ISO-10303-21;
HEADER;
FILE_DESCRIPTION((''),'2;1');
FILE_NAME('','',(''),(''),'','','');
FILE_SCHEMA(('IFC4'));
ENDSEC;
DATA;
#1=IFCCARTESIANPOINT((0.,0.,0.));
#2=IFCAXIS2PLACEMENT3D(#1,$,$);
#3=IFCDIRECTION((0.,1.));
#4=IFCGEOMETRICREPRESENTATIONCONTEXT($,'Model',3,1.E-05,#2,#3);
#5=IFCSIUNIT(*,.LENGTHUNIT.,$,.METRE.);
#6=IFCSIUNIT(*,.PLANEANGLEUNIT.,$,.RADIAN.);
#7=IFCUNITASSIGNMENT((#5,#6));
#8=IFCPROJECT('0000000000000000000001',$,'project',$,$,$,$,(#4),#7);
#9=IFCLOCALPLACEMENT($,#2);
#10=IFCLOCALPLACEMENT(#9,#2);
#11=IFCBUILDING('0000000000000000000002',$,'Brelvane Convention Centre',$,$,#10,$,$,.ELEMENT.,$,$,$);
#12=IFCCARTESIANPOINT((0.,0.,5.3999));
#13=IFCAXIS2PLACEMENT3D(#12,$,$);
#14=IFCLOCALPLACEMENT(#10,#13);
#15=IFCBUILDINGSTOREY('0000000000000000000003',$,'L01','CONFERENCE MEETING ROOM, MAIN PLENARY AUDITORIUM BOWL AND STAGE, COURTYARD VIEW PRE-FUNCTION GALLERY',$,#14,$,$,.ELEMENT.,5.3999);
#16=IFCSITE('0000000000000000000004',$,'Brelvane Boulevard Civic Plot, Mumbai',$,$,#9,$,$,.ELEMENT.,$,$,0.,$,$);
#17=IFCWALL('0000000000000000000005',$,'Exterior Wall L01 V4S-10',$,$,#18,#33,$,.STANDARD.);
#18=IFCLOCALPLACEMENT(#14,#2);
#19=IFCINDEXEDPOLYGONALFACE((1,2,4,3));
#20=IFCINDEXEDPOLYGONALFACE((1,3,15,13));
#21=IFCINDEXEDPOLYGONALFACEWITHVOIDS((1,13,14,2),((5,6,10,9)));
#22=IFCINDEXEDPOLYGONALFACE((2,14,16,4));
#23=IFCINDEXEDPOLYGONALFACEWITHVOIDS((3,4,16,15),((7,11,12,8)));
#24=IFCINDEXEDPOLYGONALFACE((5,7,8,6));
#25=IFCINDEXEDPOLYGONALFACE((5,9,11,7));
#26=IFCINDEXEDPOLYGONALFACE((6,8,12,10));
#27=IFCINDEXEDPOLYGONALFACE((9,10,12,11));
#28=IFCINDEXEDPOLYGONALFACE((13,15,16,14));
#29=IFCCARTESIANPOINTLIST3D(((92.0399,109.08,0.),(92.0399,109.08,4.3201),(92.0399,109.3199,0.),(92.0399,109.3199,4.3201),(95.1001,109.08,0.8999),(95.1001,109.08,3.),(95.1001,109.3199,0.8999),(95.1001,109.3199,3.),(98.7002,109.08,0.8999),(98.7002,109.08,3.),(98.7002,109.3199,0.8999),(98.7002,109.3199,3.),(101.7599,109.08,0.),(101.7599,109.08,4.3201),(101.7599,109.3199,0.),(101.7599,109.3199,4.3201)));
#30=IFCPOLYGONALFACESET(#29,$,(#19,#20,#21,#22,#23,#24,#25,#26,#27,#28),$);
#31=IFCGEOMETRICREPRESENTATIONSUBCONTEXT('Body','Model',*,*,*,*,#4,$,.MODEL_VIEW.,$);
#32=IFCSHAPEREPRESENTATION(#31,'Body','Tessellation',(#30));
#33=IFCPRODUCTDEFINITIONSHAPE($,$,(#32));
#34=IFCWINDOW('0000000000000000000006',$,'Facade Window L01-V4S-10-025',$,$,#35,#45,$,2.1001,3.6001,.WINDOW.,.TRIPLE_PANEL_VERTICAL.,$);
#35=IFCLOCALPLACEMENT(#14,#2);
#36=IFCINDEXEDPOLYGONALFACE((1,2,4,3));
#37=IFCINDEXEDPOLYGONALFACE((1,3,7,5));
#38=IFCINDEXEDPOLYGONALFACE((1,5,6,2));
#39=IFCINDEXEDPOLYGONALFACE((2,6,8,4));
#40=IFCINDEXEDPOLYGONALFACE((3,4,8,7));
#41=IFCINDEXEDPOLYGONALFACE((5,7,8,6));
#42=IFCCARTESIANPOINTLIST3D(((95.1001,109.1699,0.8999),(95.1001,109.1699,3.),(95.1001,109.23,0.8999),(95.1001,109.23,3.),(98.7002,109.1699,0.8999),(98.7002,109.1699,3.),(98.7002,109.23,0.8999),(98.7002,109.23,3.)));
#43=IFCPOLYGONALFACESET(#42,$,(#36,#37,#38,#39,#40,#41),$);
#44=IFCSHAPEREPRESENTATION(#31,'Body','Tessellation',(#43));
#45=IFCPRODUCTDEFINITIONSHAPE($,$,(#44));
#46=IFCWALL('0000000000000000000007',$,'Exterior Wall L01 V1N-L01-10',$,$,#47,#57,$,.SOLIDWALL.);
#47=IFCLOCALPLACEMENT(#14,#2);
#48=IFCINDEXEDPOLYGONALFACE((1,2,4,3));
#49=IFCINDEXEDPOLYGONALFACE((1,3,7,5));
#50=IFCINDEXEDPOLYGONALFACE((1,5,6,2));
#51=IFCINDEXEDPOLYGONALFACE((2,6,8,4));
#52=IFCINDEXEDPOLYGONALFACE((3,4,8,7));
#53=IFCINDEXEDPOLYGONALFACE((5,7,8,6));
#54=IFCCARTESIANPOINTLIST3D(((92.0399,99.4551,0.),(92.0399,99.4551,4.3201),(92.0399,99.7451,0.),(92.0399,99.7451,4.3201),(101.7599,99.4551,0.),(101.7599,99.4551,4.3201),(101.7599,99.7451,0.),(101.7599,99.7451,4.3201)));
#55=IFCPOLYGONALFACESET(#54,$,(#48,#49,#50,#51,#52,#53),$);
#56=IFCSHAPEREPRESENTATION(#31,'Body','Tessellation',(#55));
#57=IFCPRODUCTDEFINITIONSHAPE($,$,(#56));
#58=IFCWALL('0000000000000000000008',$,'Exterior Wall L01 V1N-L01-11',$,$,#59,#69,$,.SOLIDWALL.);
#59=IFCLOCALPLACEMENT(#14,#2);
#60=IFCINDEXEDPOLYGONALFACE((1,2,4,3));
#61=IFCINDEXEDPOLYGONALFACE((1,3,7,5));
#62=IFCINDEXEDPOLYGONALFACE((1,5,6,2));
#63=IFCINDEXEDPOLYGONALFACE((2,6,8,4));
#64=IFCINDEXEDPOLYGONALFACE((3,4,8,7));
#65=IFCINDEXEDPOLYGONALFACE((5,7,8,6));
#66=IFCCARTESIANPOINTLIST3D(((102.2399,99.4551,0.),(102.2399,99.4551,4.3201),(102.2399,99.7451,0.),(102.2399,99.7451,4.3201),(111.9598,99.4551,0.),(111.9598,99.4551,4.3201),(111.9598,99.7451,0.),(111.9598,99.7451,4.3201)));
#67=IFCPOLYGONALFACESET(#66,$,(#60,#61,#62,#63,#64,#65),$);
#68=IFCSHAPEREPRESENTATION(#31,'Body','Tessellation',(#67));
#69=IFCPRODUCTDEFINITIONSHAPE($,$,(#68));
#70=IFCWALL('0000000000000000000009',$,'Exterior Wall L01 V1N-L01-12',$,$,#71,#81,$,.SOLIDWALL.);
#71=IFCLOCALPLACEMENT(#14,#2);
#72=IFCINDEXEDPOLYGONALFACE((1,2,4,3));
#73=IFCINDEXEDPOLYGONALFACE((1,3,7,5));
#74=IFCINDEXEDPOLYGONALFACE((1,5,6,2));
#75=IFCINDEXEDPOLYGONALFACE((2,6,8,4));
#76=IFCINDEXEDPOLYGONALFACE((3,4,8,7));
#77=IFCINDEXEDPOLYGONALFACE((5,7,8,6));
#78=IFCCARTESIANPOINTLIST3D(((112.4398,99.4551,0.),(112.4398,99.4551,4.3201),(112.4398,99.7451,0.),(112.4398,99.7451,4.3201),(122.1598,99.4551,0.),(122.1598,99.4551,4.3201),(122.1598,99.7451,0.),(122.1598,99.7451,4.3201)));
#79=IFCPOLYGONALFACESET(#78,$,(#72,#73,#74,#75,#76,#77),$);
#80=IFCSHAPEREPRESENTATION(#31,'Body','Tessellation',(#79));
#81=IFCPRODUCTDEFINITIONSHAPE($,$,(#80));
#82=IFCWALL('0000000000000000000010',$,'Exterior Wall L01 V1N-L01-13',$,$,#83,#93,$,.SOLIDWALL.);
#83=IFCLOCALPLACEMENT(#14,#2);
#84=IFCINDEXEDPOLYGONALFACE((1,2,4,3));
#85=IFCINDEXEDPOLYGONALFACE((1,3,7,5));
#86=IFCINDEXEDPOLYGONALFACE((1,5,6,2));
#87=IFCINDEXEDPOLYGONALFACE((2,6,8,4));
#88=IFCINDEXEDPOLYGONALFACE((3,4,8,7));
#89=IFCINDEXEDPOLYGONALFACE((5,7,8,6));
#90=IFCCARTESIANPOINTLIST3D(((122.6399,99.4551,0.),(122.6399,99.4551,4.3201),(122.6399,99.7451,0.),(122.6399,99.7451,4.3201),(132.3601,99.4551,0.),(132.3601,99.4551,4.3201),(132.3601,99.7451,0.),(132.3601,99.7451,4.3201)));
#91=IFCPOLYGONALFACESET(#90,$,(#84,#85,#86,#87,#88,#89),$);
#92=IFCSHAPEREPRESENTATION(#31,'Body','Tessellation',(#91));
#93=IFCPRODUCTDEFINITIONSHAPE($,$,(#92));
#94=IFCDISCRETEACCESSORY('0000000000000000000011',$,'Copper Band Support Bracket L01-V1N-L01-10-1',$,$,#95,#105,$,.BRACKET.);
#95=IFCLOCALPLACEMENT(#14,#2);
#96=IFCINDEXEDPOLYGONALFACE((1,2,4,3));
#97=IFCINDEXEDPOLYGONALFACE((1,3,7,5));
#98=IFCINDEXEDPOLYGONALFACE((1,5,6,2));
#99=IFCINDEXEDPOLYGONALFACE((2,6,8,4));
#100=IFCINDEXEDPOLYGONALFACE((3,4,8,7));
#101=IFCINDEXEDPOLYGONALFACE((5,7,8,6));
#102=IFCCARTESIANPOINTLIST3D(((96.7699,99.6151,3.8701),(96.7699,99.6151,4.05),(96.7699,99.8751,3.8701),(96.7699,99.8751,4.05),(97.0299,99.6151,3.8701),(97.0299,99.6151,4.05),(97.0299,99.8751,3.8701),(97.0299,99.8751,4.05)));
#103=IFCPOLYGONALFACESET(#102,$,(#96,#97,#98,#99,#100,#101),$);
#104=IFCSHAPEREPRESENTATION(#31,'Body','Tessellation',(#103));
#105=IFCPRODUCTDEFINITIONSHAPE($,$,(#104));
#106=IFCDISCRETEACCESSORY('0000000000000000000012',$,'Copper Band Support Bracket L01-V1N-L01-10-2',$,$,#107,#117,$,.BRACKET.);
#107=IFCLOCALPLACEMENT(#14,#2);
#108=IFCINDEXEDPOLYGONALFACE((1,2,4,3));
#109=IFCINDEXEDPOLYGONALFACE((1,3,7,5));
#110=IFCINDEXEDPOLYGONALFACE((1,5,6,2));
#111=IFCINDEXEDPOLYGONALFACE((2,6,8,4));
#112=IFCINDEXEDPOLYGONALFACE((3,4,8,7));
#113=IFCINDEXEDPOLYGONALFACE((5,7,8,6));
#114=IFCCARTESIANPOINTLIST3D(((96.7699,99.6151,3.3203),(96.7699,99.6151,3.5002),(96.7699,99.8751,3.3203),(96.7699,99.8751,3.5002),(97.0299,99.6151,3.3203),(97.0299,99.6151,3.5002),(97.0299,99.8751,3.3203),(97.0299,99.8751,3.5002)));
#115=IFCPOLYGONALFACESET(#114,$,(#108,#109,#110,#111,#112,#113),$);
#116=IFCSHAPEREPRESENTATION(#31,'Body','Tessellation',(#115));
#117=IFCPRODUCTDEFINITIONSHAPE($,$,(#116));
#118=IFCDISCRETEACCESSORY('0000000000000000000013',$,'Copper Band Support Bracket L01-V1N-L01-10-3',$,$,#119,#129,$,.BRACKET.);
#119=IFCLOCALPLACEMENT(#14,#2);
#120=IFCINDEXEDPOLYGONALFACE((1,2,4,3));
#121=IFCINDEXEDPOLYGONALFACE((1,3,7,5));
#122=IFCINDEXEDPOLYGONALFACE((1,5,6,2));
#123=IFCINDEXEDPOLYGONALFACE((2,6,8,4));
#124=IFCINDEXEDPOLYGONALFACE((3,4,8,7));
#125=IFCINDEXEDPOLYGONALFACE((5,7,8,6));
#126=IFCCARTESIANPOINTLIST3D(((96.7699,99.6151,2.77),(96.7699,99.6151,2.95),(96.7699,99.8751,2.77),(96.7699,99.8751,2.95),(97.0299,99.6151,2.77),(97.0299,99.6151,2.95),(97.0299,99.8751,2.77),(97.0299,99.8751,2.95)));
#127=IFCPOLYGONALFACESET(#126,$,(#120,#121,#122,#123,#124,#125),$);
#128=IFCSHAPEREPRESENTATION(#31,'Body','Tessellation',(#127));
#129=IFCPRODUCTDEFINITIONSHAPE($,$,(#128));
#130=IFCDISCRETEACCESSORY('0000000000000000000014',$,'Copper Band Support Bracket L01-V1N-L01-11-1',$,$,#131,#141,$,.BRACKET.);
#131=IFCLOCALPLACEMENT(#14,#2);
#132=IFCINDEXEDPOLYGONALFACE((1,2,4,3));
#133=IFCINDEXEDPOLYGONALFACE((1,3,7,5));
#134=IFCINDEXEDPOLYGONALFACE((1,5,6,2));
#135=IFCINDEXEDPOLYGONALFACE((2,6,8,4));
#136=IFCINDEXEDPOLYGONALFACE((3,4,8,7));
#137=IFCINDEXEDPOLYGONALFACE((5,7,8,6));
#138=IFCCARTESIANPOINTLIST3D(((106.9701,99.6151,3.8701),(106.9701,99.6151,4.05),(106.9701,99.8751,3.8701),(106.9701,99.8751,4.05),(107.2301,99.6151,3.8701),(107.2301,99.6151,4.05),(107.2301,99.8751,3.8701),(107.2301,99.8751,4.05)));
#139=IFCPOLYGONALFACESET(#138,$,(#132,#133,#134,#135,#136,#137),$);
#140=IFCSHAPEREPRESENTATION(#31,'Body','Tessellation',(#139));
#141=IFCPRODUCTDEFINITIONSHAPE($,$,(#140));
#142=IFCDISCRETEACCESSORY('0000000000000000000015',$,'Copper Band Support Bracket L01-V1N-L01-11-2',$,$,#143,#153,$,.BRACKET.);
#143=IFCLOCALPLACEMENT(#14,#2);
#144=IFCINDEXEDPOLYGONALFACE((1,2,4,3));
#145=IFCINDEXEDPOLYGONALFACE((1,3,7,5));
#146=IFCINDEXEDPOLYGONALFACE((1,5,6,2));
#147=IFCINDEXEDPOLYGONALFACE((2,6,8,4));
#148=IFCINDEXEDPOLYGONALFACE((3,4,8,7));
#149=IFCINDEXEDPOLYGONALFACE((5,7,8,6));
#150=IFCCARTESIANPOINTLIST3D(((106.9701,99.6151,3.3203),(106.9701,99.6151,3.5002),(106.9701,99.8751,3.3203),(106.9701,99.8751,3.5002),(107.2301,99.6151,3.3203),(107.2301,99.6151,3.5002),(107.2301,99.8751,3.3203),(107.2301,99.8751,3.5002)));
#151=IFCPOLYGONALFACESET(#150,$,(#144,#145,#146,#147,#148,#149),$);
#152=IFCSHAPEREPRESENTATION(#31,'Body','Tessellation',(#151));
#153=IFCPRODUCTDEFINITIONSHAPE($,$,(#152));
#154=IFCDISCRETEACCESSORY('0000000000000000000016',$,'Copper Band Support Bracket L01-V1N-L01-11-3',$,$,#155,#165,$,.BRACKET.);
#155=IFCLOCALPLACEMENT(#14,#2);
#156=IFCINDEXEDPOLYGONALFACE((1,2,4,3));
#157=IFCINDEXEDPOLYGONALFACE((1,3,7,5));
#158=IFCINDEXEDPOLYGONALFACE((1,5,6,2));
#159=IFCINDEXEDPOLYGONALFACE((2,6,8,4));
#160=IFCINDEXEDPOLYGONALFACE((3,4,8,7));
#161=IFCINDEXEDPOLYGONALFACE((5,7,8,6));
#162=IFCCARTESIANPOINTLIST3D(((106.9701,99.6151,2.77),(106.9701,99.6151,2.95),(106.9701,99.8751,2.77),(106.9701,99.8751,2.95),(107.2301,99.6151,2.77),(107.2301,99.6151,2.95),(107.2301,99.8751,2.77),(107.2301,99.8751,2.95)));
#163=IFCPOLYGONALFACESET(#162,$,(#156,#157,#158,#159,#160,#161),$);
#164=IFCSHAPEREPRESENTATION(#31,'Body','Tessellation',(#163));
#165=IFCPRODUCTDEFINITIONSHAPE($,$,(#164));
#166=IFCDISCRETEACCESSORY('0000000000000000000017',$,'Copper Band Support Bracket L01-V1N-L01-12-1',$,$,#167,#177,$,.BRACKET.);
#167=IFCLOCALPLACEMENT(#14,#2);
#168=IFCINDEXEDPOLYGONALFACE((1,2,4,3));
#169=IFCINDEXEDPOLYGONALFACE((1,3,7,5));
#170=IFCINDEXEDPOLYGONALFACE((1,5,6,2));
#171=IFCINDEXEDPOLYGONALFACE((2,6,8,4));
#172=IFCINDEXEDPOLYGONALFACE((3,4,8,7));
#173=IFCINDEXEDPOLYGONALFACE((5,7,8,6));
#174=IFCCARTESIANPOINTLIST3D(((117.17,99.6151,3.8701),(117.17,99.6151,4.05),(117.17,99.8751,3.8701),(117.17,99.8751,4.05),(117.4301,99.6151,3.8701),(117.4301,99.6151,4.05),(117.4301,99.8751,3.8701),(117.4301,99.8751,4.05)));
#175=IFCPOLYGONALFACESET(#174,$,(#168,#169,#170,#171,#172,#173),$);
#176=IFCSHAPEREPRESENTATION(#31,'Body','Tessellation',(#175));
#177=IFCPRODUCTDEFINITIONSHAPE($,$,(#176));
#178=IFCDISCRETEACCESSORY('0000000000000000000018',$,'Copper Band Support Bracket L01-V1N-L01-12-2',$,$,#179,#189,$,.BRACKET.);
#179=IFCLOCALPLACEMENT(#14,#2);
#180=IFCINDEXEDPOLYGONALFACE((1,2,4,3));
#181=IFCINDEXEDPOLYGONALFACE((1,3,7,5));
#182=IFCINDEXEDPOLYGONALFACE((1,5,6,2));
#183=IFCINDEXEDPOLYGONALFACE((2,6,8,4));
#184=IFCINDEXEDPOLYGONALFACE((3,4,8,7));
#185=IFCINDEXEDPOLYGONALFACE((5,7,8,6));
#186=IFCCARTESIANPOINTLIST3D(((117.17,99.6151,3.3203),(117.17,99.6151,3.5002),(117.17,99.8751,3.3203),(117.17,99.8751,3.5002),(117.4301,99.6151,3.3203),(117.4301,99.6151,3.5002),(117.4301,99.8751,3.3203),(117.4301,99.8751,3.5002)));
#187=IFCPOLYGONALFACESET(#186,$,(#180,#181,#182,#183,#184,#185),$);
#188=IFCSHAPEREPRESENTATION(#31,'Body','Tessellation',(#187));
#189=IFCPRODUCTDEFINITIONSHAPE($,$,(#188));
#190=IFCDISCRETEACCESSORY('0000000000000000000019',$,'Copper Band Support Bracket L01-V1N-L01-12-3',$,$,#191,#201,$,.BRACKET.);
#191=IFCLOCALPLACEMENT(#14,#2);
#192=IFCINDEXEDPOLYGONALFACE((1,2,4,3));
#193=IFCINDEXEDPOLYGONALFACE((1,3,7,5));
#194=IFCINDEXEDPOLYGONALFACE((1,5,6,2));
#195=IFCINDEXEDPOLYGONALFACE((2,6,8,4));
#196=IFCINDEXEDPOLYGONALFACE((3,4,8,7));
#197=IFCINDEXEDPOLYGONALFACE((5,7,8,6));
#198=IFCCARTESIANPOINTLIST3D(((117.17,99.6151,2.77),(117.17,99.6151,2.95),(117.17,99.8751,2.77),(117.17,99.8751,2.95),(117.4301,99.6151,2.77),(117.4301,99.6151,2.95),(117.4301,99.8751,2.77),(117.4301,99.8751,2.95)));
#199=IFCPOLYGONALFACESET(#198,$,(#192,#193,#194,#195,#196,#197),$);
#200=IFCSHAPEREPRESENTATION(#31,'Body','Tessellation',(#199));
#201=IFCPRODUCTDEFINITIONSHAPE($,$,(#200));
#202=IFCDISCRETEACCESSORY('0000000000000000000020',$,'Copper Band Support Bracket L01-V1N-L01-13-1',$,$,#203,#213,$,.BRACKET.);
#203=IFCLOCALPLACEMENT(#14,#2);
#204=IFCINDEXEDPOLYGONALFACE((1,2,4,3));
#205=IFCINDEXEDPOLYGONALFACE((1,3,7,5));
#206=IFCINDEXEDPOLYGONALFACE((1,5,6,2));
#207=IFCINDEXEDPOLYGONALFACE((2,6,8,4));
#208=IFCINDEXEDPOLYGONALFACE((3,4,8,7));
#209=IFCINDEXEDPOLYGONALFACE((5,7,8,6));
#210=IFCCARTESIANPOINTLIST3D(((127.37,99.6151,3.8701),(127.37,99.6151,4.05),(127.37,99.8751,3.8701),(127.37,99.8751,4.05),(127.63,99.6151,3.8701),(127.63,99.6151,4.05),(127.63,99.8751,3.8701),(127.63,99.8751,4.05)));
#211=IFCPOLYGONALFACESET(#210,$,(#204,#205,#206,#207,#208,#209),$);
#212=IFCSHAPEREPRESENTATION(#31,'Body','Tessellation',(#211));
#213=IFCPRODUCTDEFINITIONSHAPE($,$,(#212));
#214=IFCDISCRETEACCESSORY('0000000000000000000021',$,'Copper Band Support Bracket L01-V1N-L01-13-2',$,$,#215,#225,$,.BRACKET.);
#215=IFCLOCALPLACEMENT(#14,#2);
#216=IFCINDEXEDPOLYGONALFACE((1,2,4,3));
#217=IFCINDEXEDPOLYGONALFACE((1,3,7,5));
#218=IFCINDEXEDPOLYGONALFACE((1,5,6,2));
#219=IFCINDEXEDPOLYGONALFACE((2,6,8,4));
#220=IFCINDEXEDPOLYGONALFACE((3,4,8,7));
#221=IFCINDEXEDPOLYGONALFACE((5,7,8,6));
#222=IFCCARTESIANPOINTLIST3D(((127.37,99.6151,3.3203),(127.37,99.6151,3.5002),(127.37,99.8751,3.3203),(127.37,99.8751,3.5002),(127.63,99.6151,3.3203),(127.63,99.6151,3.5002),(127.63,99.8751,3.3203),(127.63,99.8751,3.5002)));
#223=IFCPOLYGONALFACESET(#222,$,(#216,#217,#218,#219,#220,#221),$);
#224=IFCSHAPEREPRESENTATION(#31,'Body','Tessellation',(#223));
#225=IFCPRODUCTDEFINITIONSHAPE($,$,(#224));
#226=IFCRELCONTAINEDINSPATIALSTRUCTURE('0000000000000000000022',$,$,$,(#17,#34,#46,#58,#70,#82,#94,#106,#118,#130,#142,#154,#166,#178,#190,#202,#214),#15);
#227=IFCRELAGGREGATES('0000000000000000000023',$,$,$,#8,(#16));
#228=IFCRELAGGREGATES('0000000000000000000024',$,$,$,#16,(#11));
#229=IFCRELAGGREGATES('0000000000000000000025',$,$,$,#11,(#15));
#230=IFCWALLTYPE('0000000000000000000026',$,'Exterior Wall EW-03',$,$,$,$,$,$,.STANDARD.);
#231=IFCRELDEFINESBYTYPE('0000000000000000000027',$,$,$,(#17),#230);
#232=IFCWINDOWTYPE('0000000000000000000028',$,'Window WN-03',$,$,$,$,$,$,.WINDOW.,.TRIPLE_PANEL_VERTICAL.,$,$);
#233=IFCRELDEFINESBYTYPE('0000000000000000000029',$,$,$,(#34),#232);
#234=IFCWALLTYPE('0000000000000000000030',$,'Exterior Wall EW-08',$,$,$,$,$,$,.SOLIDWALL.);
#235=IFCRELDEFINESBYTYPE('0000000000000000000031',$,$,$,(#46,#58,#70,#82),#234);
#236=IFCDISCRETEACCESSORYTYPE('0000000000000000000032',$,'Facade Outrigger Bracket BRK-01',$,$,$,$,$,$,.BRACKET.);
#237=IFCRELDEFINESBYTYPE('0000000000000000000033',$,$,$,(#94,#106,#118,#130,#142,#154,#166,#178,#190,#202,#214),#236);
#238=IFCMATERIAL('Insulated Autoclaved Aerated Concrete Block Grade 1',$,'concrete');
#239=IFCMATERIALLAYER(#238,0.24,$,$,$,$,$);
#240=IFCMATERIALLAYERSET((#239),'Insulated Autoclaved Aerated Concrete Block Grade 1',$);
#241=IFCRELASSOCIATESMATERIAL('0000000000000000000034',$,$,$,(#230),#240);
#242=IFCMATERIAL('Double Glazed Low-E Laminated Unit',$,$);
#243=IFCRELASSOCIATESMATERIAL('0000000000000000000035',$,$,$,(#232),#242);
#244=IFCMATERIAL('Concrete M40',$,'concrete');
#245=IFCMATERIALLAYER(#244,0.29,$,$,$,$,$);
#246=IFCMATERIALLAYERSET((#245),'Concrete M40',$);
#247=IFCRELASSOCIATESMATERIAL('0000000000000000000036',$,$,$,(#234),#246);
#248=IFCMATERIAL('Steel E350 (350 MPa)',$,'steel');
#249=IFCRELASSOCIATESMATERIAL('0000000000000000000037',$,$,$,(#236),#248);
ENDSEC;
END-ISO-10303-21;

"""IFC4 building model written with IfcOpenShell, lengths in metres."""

from ifc_helpers import new_model, si_unit, direction, frame, frame_2d, origin, origin_2d, place, context, subcontext, project, spatial, rectangle, extrude, material, layer, layer_set, type_object, element, fill, save


model = new_model("IFC4")

# Units and contexts
model_context = context("Model", 3, precision=1e-05, world=origin(), true_north=direction((0.0, 1.0)))
body_context = subcontext(model_context, "Body", "Model", "MODEL_VIEW")
ifc_project = project(units=[si_unit("LENGTHUNIT", "METRE"), si_unit("PLANEANGLEUNIT", "RADIAN")], contexts=[model_context])

# Site, building, storey
site_placement = place(None, origin())
site = spatial("IfcSite", under=ifc_project, at=site_placement, Name="Brelvane Boulevard Civic Plot, Mumbai", CompositionType="ELEMENT", RefElevation=0.0)
building_placement = place(site_placement, origin())
building = spatial("IfcBuilding", under=site, at=building_placement, Name="Brelvane Convention Centre", CompositionType="ELEMENT")
storey_placement = place(building_placement, frame((0.0, 0.0, 5.3999)))
storey = spatial("IfcBuildingStorey", under=building, at=storey_placement, Name="L01", Description="CONFERENCE MEETING ROOM, MAIN PLENARY AUDITORIUM BOWL AND STAGE, COURTYARD VIEW PRE-FUNCTION GALLERY", CompositionType="ELEMENT", Elevation=5.3999)

# Wall, opening, window
ifc_material_1 = material(Name="Insulated Autoclaved Aerated Concrete Block Grade 1", Category="concrete")
ifc_layer_1 = layer(ifc_material_1, 0.24)
ifc_layer_set_1 = layer_set([ifc_layer_1], Name="Insulated Autoclaved Aerated Concrete Block Grade 1")
wall_type_1 = type_object("IfcWallType", Name="Exterior Wall EW-03", PredefinedType="STANDARD", material=ifc_layer_set_1)
wall_1_placement = place(storey_placement, frame((92.04, 109.2, 0.0), z_axis=(0.0, 0.0, 1.0), x_axis=(1.0, 0.0, 0.0)))
wall_1 = element("IfcWall", 1, at=wall_1_placement, inside=storey, type_object=wall_type_1, Name="Exterior Wall L01 V4S-10", PredefinedType="STANDARD", context=body_context, shape_type="SweptSolid", body=[
    extrude(rectangle(XDim=9.72, YDim=0.24, at=frame_2d((4.8599, 0.0))), origin(), (0.0, 0.0, 1.0), 4.3201),
])
opening_placement = place(wall_1_placement, frame((3.0601, 0.0, 0.8999)))
opening = element("IfcOpeningElement", 2, at=opening_placement, cuts=wall_1, PredefinedType="OPENING", context=body_context, shape_type="SweptSolid", body=[
    extrude(rectangle(XDim=3.6001, YDim=2.1001, at=frame_2d((1.8, 1.05))), frame((0.0, 0.1299, 0.0), z_axis=(0.0, -1.0, 0.0), x_axis=(1.0, 0.0, 0.0)), (0.0, 0.0, 1.0), 0.26),
])
ifc_material_2 = material(Name="Double Glazed Low-E Laminated Unit")
window_type = type_object("IfcWindowType", Name="Window WN-03", PartitioningType="TRIPLE_PANEL_VERTICAL", PredefinedType="WINDOW", material=ifc_material_2)
window_placement = place(opening_placement, origin())
window = element("IfcWindow", 3, at=window_placement, inside=storey, type_object=window_type, Name="Facade Window L01-V4S-10-025", OverallHeight=2.1001, OverallWidth=3.6001, PartitioningType="TRIPLE_PANEL_VERTICAL", PredefinedType="WINDOW", context=body_context, shape_type="SweptSolid", body=[
    extrude(rectangle(XDim=3.6001, YDim=2.1001, at=frame_2d((1.8, 1.05))), frame((0.0, 0.03, 0.0), z_axis=(0.0, -1.0, 0.0), x_axis=(1.0, 0.0, 0.0)), (0.0, 0.0, 1.0), 0.0601),
])
fill(opening, window)

# Walls
ifc_material_3 = material(Name="Concrete M40", Category="concrete")
ifc_layer_2 = layer(ifc_material_3, 0.29)
ifc_layer_set_2 = layer_set([ifc_layer_2], Name="Concrete M40")
wall_type_2 = type_object("IfcWallType", Name="Exterior Wall EW-08", PredefinedType="SOLIDWALL", material=ifc_layer_set_2)
for number, where, z_axis, x_axis, name in (
    (4, (92.04, 99.6001, 0.0), (0.0, 0.0, 1.0), (1.0, 0.0, 0.0), "Exterior Wall L01 V1N-L01-10"),
    (5, (102.24, 99.6001, 0.0), (0.0, 0.0, 1.0), (1.0, 0.0, 0.0), "Exterior Wall L01 V1N-L01-11"),
    (6, (112.4399, 99.6001, 0.0), (0.0, 0.0, 1.0), (1.0, 0.0, 0.0), "Exterior Wall L01 V1N-L01-12"),
):
    element("IfcWall", number, at=place(storey_placement, frame(where, z_axis=z_axis, x_axis=x_axis)), inside=storey, type_object=wall_type_2, Name=name, PredefinedType="SOLIDWALL", context=body_context, shape_type="SweptSolid", body=[
        extrude(rectangle(XDim=9.72, YDim=0.29, at=frame_2d((4.8599, 0.0))), origin(), (0.0, 0.0, 1.0), 4.3201),
    ])
wall_2_placement = place(storey_placement, frame((122.6399, 99.6001, 0.0), z_axis=(0.0, 0.0, 1.0), x_axis=(1.0, 0.0, 0.0)))
element("IfcWall", 7, at=wall_2_placement, inside=storey, type_object=wall_type_2, Name="Exterior Wall L01 V1N-L01-13", PredefinedType="SOLIDWALL", context=body_context, shape_type="SweptSolid", body=[
    extrude(rectangle(XDim=9.7202, YDim=0.29, at=frame_2d((4.8601, 0.0))), origin(), (0.0, 0.0, 1.0), 4.3201),
])

# Discrete accessories
ifc_material_4 = material(Name="Steel E350 (350 MPa)", Category="steel")
discrete_accessory_type = type_object("IfcDiscreteAccessoryType", Name="Facade Outrigger Bracket BRK-01", PredefinedType="BRACKET", material=ifc_material_4)
for number, where, z_axis, x_axis, name in (
    (8, (96.8999, 99.7451, 3.8701), (0.0, 0.0, 1.0), (1.0, 0.0, 0.0), "Copper Band Support Bracket L01-V1N-L01-10-1"),
    (9, (96.8999, 99.7451, 3.3203), (0.0, 0.0, 1.0), (1.0, 0.0, 0.0), "Copper Band Support Bracket L01-V1N-L01-10-2"),
    (10, (96.8999, 99.7451, 2.77), (0.0, 0.0, 1.0), (1.0, 0.0, 0.0), "Copper Band Support Bracket L01-V1N-L01-10-3"),
    (11, (107.1001, 99.7451, 3.8701), (0.0, 0.0, 1.0), (1.0, 0.0, 0.0), "Copper Band Support Bracket L01-V1N-L01-11-1"),
    (12, (107.1001, 99.7451, 3.3203), (0.0, 0.0, 1.0), (1.0, 0.0, 0.0), "Copper Band Support Bracket L01-V1N-L01-11-2"),
    (13, (107.1001, 99.7451, 2.77), (0.0, 0.0, 1.0), (1.0, 0.0, 0.0), "Copper Band Support Bracket L01-V1N-L01-11-3"),
    (14, (117.3, 99.7451, 3.8701), (0.0, 0.0, 1.0), (1.0, 0.0, 0.0), "Copper Band Support Bracket L01-V1N-L01-12-1"),
    (15, (117.3, 99.7451, 3.3203), (0.0, 0.0, 1.0), (1.0, 0.0, 0.0), "Copper Band Support Bracket L01-V1N-L01-12-2"),
    (16, (117.3, 99.7451, 2.77), (0.0, 0.0, 1.0), (1.0, 0.0, 0.0), "Copper Band Support Bracket L01-V1N-L01-12-3"),
    (17, (127.5, 99.7451, 3.8701), (0.0, 0.0, 1.0), (1.0, 0.0, 0.0), "Copper Band Support Bracket L01-V1N-L01-13-1"),
    (18, (127.5, 99.7451, 3.3203), (0.0, 0.0, 1.0), (1.0, 0.0, 0.0), "Copper Band Support Bracket L01-V1N-L01-13-2"),
):
    element("IfcDiscreteAccessory", number, at=place(storey_placement, frame(where, z_axis=z_axis, x_axis=x_axis)), inside=storey, type_object=discrete_accessory_type, Name=name, PredefinedType="BRACKET", context=body_context, shape_type="SweptSolid", body=[
        extrude(rectangle(XDim=0.26, YDim=0.26, at=origin_2d()), origin(), (0.0, 0.0, 1.0), 0.1799),
    ])

save(model, "model.ifc")
